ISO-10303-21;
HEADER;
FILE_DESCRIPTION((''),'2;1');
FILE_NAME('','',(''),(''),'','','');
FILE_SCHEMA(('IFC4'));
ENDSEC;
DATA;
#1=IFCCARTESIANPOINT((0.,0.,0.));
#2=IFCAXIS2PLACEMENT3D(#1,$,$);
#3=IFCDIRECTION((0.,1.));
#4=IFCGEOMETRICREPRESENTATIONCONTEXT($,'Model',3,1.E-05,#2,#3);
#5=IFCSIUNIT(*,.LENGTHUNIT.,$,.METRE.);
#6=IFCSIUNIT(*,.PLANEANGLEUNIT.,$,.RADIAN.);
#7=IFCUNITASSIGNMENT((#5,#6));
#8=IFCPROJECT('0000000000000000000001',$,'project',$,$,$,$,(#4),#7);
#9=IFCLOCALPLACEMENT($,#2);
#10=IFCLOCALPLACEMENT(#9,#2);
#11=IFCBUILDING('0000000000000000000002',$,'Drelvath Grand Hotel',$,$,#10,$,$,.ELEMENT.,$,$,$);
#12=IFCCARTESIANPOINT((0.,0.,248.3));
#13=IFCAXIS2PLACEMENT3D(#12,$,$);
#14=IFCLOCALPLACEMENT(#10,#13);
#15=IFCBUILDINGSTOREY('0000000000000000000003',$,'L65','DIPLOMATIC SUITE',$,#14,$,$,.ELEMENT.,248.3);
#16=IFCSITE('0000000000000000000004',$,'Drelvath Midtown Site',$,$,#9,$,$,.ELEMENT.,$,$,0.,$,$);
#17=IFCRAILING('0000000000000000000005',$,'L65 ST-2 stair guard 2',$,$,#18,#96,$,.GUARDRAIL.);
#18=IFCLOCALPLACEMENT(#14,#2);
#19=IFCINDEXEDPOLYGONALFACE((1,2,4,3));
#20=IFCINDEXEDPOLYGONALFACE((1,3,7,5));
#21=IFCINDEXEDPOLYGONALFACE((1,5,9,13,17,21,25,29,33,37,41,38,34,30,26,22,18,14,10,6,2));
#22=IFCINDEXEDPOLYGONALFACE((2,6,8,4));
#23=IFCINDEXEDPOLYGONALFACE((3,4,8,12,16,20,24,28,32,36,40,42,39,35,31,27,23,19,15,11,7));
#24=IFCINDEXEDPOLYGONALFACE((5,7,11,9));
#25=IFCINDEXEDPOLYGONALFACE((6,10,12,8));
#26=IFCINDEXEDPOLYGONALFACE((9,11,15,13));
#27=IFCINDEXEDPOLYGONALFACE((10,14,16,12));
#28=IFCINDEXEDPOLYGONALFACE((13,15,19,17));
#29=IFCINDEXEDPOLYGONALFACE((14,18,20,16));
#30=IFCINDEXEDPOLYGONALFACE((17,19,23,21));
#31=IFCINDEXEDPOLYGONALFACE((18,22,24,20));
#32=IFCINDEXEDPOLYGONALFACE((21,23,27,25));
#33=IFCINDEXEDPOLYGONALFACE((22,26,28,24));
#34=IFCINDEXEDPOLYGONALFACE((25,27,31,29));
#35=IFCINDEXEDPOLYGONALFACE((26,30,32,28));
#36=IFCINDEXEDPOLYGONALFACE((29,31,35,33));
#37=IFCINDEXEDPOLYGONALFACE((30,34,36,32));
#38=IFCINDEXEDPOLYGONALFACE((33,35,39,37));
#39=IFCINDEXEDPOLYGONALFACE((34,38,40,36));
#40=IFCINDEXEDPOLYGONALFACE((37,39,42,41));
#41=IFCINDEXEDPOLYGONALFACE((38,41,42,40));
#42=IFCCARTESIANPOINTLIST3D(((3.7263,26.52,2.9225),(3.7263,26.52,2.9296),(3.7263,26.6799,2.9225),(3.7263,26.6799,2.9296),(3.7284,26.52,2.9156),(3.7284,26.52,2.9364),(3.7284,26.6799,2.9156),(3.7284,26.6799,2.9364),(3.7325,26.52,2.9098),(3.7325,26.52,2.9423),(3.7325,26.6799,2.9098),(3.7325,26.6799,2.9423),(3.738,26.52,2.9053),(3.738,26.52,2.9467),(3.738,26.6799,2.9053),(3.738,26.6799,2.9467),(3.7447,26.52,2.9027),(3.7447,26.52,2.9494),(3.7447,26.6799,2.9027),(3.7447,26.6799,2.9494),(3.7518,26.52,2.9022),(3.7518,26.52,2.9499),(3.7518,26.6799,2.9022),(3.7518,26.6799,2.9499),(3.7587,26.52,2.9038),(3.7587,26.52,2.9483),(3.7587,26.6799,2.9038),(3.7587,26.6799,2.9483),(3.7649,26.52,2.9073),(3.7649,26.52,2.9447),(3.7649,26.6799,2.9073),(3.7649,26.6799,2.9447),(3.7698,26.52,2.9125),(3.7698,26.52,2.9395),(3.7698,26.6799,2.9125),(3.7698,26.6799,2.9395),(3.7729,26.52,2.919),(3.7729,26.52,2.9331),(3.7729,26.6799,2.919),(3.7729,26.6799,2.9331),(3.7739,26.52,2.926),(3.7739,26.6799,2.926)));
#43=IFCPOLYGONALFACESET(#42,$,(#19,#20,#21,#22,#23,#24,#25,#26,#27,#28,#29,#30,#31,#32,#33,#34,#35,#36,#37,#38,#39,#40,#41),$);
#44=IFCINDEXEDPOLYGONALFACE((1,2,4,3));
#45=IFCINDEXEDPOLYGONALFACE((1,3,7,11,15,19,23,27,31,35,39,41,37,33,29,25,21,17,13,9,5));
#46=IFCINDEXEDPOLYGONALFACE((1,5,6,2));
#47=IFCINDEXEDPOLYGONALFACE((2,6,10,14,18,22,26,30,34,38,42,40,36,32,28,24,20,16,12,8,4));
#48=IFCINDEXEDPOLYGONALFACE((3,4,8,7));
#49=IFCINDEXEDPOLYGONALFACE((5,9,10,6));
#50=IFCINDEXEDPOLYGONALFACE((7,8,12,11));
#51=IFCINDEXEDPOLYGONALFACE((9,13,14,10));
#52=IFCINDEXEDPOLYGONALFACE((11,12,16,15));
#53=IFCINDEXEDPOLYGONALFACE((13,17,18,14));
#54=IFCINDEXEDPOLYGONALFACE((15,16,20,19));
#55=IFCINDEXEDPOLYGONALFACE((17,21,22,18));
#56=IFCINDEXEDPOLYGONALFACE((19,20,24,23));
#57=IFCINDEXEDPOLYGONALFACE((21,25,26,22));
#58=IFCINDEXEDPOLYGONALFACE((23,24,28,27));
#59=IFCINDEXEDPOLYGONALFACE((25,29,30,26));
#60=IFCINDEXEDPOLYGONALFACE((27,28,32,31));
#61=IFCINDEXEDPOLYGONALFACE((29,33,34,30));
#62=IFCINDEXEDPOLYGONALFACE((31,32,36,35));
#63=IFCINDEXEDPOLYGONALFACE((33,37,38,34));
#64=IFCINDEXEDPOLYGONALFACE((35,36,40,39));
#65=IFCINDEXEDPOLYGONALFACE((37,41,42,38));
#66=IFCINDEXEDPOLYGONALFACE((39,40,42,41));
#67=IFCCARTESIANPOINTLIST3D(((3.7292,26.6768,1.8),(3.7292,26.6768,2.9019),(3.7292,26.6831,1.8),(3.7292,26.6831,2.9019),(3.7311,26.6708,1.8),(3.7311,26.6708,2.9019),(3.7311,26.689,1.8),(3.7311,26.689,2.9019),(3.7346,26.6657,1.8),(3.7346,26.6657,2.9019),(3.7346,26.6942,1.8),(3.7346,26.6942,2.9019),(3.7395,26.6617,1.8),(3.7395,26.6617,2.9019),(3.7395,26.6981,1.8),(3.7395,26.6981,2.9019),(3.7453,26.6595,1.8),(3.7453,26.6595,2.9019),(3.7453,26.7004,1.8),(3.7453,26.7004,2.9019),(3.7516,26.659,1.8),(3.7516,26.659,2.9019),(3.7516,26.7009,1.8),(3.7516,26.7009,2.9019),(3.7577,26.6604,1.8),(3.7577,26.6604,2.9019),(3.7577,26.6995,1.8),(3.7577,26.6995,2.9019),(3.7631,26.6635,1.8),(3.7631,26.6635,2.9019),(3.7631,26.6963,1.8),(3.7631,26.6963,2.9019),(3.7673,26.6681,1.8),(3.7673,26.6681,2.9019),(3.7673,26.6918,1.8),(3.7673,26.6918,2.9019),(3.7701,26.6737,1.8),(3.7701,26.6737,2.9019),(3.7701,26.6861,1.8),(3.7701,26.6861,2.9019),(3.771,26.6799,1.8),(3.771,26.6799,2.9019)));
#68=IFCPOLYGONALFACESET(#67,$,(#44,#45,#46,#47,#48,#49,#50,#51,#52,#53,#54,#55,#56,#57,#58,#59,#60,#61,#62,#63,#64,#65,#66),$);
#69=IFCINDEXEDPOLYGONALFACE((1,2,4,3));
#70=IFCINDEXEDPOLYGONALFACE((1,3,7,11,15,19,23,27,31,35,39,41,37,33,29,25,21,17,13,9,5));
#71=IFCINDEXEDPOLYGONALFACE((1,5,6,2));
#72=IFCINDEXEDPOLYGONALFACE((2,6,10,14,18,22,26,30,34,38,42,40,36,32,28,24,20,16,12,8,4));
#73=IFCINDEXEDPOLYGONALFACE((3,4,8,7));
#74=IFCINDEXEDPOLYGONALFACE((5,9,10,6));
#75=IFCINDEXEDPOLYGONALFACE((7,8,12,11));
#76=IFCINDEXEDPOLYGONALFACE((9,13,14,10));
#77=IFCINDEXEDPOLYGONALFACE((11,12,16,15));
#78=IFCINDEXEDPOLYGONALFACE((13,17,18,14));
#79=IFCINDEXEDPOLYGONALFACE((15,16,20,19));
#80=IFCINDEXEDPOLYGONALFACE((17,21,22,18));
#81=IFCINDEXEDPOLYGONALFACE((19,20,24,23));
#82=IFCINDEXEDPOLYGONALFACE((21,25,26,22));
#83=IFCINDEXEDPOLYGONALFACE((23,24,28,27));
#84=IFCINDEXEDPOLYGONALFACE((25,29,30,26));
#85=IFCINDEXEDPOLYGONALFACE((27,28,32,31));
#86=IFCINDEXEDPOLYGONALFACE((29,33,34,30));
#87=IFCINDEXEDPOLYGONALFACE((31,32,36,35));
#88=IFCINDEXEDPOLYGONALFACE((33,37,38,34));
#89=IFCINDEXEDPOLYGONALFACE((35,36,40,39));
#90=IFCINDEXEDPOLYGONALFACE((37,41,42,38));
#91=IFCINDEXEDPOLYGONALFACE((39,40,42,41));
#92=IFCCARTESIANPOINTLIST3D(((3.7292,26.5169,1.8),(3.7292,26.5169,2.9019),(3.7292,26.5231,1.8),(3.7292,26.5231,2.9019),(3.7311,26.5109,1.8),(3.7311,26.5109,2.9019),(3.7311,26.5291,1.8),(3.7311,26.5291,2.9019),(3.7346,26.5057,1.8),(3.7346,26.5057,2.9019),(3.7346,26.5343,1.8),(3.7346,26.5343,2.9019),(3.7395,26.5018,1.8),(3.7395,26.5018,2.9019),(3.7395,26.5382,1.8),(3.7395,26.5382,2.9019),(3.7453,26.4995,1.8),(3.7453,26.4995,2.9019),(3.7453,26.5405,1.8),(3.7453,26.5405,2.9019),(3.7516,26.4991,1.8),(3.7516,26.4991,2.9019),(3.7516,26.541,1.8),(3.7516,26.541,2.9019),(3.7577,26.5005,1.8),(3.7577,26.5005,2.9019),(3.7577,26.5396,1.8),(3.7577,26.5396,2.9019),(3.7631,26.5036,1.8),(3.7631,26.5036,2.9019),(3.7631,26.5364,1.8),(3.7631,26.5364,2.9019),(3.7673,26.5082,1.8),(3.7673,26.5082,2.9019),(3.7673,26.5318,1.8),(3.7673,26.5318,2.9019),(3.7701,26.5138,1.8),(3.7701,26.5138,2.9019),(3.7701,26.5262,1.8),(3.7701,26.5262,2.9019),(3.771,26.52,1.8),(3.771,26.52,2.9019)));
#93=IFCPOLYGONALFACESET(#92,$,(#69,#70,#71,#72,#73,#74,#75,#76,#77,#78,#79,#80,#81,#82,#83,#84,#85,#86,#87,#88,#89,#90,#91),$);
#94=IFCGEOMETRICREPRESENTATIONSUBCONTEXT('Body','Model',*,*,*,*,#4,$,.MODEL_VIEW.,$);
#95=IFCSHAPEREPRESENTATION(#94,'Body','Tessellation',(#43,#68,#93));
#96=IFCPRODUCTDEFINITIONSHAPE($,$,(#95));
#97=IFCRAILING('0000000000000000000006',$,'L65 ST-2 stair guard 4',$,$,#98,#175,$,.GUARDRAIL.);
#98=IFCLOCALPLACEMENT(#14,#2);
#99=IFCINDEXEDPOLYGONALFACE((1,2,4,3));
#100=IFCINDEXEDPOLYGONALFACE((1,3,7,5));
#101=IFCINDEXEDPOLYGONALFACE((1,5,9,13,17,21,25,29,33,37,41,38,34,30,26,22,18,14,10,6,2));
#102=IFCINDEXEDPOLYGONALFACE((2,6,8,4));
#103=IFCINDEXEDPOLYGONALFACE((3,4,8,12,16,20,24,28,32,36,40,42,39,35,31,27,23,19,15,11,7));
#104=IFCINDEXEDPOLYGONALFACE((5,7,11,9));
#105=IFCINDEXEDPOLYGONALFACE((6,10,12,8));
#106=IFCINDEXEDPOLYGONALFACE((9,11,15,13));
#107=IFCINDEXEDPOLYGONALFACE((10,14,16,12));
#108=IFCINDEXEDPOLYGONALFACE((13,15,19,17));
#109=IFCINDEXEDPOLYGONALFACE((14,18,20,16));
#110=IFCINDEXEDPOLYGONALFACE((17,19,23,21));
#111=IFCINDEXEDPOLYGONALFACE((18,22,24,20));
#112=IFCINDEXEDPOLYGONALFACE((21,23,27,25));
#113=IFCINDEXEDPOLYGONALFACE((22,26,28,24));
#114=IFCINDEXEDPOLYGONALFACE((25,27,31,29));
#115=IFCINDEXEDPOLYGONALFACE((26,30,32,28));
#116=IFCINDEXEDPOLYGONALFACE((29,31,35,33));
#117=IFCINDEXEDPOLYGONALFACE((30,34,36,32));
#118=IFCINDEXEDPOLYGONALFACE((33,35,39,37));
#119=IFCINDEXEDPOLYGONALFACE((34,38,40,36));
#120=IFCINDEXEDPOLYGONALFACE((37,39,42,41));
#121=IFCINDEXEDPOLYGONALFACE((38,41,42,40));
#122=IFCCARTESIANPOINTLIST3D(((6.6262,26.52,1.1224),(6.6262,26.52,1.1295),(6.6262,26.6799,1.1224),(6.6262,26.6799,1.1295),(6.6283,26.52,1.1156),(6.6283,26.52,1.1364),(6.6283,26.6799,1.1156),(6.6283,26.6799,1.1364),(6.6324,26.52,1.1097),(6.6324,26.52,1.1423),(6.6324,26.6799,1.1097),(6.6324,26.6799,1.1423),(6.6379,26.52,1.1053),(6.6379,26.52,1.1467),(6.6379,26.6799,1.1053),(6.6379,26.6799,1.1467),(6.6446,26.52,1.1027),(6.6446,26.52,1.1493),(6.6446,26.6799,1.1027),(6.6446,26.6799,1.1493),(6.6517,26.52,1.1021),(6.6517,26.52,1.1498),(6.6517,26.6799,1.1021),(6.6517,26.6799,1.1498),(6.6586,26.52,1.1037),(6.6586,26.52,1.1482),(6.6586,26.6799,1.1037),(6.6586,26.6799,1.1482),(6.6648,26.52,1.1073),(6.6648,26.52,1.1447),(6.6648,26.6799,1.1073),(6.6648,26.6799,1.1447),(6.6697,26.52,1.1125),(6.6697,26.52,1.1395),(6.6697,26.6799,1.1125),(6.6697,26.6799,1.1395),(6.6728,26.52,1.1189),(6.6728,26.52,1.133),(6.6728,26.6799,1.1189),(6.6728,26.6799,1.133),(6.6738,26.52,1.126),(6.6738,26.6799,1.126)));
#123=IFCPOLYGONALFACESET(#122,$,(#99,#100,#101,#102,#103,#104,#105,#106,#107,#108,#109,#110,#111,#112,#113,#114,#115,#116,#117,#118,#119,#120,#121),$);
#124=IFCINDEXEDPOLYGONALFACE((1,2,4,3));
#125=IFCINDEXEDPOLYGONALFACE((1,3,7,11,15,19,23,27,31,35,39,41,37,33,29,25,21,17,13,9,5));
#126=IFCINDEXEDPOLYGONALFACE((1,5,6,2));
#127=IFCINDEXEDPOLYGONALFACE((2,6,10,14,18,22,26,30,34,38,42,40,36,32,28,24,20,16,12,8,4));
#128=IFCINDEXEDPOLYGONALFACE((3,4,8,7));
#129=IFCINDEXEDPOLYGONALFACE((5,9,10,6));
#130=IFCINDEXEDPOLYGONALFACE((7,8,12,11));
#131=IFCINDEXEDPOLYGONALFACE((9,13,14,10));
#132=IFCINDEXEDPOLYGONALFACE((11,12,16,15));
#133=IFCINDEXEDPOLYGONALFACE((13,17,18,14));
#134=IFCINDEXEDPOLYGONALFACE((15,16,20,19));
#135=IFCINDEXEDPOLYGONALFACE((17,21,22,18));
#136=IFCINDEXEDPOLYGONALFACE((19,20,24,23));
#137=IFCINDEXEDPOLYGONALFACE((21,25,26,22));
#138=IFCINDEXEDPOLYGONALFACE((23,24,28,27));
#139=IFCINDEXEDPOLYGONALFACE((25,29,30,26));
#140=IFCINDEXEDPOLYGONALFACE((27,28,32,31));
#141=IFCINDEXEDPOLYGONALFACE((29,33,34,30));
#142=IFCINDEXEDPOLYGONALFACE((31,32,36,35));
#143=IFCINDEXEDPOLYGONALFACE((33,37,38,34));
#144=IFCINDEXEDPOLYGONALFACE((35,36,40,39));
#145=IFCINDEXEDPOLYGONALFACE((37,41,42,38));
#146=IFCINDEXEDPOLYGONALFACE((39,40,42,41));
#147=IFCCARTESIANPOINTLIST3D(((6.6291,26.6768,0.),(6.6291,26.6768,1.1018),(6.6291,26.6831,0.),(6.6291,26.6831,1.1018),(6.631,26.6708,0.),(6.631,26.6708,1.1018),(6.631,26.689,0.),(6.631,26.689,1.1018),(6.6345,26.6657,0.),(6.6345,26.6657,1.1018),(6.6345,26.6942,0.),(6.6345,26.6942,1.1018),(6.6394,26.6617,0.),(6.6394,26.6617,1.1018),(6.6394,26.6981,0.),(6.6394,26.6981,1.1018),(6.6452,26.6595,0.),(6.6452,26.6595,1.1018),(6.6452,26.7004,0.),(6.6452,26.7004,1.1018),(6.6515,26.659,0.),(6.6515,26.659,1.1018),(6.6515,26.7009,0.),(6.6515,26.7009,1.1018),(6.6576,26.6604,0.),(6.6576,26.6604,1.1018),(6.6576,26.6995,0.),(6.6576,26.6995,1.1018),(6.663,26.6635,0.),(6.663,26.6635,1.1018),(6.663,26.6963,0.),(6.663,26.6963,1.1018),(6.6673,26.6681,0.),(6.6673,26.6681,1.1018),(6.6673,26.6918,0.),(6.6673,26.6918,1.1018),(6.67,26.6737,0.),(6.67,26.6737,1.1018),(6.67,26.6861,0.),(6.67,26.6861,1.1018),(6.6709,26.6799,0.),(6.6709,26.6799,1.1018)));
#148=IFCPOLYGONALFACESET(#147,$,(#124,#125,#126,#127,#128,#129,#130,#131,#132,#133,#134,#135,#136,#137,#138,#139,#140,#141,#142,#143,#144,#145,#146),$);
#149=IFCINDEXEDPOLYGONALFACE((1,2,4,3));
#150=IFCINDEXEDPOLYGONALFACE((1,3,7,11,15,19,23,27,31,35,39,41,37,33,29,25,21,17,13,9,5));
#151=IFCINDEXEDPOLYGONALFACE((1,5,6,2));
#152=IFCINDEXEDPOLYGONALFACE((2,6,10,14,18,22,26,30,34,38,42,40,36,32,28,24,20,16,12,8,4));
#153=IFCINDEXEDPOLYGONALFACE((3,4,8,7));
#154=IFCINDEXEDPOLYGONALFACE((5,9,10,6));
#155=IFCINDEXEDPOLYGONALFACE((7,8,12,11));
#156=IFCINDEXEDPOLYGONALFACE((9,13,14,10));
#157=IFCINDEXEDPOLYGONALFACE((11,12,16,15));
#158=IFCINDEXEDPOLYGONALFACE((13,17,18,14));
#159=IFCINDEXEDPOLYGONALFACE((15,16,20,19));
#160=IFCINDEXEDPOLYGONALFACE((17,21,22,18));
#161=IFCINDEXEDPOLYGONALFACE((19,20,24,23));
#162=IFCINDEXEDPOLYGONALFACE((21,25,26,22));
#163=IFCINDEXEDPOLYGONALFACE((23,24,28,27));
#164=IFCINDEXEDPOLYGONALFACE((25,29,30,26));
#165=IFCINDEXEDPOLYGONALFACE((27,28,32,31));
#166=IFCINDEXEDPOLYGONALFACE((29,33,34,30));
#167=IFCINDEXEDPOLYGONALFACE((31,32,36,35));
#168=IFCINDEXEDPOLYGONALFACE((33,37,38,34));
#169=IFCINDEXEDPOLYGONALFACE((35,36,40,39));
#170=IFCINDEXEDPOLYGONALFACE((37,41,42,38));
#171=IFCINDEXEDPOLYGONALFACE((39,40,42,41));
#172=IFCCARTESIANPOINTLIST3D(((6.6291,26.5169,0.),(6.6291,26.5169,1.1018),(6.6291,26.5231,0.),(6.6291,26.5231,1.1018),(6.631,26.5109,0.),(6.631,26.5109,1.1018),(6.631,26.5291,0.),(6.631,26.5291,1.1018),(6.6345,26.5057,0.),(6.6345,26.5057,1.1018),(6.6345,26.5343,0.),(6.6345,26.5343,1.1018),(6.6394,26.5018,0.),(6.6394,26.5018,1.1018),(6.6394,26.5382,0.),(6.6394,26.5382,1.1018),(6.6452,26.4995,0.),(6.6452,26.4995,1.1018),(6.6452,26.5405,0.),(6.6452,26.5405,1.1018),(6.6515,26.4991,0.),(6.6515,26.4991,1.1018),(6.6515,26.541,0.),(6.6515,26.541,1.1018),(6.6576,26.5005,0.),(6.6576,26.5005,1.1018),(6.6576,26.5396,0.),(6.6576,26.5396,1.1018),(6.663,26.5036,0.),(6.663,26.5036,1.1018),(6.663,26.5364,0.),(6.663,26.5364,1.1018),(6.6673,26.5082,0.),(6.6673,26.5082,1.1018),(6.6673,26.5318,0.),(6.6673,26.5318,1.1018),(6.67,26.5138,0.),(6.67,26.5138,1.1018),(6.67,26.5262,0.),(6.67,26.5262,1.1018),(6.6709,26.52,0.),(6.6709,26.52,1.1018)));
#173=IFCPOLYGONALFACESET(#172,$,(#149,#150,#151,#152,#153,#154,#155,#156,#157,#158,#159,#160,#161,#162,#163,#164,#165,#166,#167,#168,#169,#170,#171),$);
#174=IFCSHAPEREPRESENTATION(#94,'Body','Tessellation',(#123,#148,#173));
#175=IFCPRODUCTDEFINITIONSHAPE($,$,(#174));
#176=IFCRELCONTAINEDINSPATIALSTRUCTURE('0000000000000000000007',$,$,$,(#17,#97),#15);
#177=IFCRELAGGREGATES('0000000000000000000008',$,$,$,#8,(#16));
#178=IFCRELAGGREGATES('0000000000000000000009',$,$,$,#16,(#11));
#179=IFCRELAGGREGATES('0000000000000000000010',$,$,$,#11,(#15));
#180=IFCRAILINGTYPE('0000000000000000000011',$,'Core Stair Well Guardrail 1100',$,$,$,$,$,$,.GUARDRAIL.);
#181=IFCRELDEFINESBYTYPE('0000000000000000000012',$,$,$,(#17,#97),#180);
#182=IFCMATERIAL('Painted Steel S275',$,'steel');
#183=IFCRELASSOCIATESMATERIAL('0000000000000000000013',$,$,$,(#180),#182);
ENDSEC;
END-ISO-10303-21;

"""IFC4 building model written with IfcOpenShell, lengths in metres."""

from ifc_helpers import new_model, si_unit, direction, frame, origin, origin_2d, place, context, subcontext, project, spatial, circle, extrude, material, type_object, element, save


model = new_model("IFC4")

# Units and contexts
model_context = context("Model", 3, precision=1e-05, world=origin(), true_north=direction((0.0, 1.0)))
body_context = subcontext(model_context, "Body", "Model", "MODEL_VIEW")
ifc_project = project(units=[si_unit("LENGTHUNIT", "METRE"), si_unit("PLANEANGLEUNIT", "RADIAN")], contexts=[model_context])

# Site, building, storey
site_placement = place(None, origin())
site = spatial("IfcSite", under=ifc_project, at=site_placement, Name="Drelvath Midtown Site", CompositionType="ELEMENT", RefElevation=0.0)
building_placement = place(site_placement, origin())
building = spatial("IfcBuilding", under=site, at=building_placement, Name="Drelvath Grand Hotel", CompositionType="ELEMENT")
storey_placement = place(building_placement, frame((0.0, 0.0, 248.3)))
storey = spatial("IfcBuildingStorey", under=building, at=storey_placement, Name="L65", Description="DIPLOMATIC SUITE", CompositionType="ELEMENT", Elevation=248.3)

# Shared definitions
ifc_material_1 = material(Name="Painted Steel S275", Category="steel")

# Railings
railing_type_1 = type_object("IfcRailingType", Name="Core Stair Well Guardrail 1100", PredefinedType="GUARDRAIL", material=ifc_material_1)
for number, where, name in (
    (1, (3.75, 26.6799, 1.8), "L65 ST-2 stair guard 2"),
    (2, (6.6499, 26.6799, 0.0), "L65 ST-2 stair guard 4"),
):
    element("IfcRailing", number, at=place(storey_placement, frame(where)), inside=storey, type_object=railing_type_1, Name=name, PredefinedType="GUARDRAIL", context=body_context, shape_type="SweptSolid", body=[
        extrude(circle(Radius=0.0239, at=origin_2d()), frame((0.0, 0.0, 1.126), z_axis=(0.0, -1.0, 0.0), x_axis=(1.0, 0.0, 0.0)), (0.0, 0.0, 1.0), 0.1599),
        extrude(circle(Radius=0.021, at=origin_2d()), origin(), (0.0, 0.0, 1.0), 1.1018),
        extrude(circle(Radius=0.021, at=origin_2d()), frame((0.0, -0.1599, 0.0)), (0.0, 0.0, 1.0), 1.1018),
    ])

save(model, "model.ifc")
